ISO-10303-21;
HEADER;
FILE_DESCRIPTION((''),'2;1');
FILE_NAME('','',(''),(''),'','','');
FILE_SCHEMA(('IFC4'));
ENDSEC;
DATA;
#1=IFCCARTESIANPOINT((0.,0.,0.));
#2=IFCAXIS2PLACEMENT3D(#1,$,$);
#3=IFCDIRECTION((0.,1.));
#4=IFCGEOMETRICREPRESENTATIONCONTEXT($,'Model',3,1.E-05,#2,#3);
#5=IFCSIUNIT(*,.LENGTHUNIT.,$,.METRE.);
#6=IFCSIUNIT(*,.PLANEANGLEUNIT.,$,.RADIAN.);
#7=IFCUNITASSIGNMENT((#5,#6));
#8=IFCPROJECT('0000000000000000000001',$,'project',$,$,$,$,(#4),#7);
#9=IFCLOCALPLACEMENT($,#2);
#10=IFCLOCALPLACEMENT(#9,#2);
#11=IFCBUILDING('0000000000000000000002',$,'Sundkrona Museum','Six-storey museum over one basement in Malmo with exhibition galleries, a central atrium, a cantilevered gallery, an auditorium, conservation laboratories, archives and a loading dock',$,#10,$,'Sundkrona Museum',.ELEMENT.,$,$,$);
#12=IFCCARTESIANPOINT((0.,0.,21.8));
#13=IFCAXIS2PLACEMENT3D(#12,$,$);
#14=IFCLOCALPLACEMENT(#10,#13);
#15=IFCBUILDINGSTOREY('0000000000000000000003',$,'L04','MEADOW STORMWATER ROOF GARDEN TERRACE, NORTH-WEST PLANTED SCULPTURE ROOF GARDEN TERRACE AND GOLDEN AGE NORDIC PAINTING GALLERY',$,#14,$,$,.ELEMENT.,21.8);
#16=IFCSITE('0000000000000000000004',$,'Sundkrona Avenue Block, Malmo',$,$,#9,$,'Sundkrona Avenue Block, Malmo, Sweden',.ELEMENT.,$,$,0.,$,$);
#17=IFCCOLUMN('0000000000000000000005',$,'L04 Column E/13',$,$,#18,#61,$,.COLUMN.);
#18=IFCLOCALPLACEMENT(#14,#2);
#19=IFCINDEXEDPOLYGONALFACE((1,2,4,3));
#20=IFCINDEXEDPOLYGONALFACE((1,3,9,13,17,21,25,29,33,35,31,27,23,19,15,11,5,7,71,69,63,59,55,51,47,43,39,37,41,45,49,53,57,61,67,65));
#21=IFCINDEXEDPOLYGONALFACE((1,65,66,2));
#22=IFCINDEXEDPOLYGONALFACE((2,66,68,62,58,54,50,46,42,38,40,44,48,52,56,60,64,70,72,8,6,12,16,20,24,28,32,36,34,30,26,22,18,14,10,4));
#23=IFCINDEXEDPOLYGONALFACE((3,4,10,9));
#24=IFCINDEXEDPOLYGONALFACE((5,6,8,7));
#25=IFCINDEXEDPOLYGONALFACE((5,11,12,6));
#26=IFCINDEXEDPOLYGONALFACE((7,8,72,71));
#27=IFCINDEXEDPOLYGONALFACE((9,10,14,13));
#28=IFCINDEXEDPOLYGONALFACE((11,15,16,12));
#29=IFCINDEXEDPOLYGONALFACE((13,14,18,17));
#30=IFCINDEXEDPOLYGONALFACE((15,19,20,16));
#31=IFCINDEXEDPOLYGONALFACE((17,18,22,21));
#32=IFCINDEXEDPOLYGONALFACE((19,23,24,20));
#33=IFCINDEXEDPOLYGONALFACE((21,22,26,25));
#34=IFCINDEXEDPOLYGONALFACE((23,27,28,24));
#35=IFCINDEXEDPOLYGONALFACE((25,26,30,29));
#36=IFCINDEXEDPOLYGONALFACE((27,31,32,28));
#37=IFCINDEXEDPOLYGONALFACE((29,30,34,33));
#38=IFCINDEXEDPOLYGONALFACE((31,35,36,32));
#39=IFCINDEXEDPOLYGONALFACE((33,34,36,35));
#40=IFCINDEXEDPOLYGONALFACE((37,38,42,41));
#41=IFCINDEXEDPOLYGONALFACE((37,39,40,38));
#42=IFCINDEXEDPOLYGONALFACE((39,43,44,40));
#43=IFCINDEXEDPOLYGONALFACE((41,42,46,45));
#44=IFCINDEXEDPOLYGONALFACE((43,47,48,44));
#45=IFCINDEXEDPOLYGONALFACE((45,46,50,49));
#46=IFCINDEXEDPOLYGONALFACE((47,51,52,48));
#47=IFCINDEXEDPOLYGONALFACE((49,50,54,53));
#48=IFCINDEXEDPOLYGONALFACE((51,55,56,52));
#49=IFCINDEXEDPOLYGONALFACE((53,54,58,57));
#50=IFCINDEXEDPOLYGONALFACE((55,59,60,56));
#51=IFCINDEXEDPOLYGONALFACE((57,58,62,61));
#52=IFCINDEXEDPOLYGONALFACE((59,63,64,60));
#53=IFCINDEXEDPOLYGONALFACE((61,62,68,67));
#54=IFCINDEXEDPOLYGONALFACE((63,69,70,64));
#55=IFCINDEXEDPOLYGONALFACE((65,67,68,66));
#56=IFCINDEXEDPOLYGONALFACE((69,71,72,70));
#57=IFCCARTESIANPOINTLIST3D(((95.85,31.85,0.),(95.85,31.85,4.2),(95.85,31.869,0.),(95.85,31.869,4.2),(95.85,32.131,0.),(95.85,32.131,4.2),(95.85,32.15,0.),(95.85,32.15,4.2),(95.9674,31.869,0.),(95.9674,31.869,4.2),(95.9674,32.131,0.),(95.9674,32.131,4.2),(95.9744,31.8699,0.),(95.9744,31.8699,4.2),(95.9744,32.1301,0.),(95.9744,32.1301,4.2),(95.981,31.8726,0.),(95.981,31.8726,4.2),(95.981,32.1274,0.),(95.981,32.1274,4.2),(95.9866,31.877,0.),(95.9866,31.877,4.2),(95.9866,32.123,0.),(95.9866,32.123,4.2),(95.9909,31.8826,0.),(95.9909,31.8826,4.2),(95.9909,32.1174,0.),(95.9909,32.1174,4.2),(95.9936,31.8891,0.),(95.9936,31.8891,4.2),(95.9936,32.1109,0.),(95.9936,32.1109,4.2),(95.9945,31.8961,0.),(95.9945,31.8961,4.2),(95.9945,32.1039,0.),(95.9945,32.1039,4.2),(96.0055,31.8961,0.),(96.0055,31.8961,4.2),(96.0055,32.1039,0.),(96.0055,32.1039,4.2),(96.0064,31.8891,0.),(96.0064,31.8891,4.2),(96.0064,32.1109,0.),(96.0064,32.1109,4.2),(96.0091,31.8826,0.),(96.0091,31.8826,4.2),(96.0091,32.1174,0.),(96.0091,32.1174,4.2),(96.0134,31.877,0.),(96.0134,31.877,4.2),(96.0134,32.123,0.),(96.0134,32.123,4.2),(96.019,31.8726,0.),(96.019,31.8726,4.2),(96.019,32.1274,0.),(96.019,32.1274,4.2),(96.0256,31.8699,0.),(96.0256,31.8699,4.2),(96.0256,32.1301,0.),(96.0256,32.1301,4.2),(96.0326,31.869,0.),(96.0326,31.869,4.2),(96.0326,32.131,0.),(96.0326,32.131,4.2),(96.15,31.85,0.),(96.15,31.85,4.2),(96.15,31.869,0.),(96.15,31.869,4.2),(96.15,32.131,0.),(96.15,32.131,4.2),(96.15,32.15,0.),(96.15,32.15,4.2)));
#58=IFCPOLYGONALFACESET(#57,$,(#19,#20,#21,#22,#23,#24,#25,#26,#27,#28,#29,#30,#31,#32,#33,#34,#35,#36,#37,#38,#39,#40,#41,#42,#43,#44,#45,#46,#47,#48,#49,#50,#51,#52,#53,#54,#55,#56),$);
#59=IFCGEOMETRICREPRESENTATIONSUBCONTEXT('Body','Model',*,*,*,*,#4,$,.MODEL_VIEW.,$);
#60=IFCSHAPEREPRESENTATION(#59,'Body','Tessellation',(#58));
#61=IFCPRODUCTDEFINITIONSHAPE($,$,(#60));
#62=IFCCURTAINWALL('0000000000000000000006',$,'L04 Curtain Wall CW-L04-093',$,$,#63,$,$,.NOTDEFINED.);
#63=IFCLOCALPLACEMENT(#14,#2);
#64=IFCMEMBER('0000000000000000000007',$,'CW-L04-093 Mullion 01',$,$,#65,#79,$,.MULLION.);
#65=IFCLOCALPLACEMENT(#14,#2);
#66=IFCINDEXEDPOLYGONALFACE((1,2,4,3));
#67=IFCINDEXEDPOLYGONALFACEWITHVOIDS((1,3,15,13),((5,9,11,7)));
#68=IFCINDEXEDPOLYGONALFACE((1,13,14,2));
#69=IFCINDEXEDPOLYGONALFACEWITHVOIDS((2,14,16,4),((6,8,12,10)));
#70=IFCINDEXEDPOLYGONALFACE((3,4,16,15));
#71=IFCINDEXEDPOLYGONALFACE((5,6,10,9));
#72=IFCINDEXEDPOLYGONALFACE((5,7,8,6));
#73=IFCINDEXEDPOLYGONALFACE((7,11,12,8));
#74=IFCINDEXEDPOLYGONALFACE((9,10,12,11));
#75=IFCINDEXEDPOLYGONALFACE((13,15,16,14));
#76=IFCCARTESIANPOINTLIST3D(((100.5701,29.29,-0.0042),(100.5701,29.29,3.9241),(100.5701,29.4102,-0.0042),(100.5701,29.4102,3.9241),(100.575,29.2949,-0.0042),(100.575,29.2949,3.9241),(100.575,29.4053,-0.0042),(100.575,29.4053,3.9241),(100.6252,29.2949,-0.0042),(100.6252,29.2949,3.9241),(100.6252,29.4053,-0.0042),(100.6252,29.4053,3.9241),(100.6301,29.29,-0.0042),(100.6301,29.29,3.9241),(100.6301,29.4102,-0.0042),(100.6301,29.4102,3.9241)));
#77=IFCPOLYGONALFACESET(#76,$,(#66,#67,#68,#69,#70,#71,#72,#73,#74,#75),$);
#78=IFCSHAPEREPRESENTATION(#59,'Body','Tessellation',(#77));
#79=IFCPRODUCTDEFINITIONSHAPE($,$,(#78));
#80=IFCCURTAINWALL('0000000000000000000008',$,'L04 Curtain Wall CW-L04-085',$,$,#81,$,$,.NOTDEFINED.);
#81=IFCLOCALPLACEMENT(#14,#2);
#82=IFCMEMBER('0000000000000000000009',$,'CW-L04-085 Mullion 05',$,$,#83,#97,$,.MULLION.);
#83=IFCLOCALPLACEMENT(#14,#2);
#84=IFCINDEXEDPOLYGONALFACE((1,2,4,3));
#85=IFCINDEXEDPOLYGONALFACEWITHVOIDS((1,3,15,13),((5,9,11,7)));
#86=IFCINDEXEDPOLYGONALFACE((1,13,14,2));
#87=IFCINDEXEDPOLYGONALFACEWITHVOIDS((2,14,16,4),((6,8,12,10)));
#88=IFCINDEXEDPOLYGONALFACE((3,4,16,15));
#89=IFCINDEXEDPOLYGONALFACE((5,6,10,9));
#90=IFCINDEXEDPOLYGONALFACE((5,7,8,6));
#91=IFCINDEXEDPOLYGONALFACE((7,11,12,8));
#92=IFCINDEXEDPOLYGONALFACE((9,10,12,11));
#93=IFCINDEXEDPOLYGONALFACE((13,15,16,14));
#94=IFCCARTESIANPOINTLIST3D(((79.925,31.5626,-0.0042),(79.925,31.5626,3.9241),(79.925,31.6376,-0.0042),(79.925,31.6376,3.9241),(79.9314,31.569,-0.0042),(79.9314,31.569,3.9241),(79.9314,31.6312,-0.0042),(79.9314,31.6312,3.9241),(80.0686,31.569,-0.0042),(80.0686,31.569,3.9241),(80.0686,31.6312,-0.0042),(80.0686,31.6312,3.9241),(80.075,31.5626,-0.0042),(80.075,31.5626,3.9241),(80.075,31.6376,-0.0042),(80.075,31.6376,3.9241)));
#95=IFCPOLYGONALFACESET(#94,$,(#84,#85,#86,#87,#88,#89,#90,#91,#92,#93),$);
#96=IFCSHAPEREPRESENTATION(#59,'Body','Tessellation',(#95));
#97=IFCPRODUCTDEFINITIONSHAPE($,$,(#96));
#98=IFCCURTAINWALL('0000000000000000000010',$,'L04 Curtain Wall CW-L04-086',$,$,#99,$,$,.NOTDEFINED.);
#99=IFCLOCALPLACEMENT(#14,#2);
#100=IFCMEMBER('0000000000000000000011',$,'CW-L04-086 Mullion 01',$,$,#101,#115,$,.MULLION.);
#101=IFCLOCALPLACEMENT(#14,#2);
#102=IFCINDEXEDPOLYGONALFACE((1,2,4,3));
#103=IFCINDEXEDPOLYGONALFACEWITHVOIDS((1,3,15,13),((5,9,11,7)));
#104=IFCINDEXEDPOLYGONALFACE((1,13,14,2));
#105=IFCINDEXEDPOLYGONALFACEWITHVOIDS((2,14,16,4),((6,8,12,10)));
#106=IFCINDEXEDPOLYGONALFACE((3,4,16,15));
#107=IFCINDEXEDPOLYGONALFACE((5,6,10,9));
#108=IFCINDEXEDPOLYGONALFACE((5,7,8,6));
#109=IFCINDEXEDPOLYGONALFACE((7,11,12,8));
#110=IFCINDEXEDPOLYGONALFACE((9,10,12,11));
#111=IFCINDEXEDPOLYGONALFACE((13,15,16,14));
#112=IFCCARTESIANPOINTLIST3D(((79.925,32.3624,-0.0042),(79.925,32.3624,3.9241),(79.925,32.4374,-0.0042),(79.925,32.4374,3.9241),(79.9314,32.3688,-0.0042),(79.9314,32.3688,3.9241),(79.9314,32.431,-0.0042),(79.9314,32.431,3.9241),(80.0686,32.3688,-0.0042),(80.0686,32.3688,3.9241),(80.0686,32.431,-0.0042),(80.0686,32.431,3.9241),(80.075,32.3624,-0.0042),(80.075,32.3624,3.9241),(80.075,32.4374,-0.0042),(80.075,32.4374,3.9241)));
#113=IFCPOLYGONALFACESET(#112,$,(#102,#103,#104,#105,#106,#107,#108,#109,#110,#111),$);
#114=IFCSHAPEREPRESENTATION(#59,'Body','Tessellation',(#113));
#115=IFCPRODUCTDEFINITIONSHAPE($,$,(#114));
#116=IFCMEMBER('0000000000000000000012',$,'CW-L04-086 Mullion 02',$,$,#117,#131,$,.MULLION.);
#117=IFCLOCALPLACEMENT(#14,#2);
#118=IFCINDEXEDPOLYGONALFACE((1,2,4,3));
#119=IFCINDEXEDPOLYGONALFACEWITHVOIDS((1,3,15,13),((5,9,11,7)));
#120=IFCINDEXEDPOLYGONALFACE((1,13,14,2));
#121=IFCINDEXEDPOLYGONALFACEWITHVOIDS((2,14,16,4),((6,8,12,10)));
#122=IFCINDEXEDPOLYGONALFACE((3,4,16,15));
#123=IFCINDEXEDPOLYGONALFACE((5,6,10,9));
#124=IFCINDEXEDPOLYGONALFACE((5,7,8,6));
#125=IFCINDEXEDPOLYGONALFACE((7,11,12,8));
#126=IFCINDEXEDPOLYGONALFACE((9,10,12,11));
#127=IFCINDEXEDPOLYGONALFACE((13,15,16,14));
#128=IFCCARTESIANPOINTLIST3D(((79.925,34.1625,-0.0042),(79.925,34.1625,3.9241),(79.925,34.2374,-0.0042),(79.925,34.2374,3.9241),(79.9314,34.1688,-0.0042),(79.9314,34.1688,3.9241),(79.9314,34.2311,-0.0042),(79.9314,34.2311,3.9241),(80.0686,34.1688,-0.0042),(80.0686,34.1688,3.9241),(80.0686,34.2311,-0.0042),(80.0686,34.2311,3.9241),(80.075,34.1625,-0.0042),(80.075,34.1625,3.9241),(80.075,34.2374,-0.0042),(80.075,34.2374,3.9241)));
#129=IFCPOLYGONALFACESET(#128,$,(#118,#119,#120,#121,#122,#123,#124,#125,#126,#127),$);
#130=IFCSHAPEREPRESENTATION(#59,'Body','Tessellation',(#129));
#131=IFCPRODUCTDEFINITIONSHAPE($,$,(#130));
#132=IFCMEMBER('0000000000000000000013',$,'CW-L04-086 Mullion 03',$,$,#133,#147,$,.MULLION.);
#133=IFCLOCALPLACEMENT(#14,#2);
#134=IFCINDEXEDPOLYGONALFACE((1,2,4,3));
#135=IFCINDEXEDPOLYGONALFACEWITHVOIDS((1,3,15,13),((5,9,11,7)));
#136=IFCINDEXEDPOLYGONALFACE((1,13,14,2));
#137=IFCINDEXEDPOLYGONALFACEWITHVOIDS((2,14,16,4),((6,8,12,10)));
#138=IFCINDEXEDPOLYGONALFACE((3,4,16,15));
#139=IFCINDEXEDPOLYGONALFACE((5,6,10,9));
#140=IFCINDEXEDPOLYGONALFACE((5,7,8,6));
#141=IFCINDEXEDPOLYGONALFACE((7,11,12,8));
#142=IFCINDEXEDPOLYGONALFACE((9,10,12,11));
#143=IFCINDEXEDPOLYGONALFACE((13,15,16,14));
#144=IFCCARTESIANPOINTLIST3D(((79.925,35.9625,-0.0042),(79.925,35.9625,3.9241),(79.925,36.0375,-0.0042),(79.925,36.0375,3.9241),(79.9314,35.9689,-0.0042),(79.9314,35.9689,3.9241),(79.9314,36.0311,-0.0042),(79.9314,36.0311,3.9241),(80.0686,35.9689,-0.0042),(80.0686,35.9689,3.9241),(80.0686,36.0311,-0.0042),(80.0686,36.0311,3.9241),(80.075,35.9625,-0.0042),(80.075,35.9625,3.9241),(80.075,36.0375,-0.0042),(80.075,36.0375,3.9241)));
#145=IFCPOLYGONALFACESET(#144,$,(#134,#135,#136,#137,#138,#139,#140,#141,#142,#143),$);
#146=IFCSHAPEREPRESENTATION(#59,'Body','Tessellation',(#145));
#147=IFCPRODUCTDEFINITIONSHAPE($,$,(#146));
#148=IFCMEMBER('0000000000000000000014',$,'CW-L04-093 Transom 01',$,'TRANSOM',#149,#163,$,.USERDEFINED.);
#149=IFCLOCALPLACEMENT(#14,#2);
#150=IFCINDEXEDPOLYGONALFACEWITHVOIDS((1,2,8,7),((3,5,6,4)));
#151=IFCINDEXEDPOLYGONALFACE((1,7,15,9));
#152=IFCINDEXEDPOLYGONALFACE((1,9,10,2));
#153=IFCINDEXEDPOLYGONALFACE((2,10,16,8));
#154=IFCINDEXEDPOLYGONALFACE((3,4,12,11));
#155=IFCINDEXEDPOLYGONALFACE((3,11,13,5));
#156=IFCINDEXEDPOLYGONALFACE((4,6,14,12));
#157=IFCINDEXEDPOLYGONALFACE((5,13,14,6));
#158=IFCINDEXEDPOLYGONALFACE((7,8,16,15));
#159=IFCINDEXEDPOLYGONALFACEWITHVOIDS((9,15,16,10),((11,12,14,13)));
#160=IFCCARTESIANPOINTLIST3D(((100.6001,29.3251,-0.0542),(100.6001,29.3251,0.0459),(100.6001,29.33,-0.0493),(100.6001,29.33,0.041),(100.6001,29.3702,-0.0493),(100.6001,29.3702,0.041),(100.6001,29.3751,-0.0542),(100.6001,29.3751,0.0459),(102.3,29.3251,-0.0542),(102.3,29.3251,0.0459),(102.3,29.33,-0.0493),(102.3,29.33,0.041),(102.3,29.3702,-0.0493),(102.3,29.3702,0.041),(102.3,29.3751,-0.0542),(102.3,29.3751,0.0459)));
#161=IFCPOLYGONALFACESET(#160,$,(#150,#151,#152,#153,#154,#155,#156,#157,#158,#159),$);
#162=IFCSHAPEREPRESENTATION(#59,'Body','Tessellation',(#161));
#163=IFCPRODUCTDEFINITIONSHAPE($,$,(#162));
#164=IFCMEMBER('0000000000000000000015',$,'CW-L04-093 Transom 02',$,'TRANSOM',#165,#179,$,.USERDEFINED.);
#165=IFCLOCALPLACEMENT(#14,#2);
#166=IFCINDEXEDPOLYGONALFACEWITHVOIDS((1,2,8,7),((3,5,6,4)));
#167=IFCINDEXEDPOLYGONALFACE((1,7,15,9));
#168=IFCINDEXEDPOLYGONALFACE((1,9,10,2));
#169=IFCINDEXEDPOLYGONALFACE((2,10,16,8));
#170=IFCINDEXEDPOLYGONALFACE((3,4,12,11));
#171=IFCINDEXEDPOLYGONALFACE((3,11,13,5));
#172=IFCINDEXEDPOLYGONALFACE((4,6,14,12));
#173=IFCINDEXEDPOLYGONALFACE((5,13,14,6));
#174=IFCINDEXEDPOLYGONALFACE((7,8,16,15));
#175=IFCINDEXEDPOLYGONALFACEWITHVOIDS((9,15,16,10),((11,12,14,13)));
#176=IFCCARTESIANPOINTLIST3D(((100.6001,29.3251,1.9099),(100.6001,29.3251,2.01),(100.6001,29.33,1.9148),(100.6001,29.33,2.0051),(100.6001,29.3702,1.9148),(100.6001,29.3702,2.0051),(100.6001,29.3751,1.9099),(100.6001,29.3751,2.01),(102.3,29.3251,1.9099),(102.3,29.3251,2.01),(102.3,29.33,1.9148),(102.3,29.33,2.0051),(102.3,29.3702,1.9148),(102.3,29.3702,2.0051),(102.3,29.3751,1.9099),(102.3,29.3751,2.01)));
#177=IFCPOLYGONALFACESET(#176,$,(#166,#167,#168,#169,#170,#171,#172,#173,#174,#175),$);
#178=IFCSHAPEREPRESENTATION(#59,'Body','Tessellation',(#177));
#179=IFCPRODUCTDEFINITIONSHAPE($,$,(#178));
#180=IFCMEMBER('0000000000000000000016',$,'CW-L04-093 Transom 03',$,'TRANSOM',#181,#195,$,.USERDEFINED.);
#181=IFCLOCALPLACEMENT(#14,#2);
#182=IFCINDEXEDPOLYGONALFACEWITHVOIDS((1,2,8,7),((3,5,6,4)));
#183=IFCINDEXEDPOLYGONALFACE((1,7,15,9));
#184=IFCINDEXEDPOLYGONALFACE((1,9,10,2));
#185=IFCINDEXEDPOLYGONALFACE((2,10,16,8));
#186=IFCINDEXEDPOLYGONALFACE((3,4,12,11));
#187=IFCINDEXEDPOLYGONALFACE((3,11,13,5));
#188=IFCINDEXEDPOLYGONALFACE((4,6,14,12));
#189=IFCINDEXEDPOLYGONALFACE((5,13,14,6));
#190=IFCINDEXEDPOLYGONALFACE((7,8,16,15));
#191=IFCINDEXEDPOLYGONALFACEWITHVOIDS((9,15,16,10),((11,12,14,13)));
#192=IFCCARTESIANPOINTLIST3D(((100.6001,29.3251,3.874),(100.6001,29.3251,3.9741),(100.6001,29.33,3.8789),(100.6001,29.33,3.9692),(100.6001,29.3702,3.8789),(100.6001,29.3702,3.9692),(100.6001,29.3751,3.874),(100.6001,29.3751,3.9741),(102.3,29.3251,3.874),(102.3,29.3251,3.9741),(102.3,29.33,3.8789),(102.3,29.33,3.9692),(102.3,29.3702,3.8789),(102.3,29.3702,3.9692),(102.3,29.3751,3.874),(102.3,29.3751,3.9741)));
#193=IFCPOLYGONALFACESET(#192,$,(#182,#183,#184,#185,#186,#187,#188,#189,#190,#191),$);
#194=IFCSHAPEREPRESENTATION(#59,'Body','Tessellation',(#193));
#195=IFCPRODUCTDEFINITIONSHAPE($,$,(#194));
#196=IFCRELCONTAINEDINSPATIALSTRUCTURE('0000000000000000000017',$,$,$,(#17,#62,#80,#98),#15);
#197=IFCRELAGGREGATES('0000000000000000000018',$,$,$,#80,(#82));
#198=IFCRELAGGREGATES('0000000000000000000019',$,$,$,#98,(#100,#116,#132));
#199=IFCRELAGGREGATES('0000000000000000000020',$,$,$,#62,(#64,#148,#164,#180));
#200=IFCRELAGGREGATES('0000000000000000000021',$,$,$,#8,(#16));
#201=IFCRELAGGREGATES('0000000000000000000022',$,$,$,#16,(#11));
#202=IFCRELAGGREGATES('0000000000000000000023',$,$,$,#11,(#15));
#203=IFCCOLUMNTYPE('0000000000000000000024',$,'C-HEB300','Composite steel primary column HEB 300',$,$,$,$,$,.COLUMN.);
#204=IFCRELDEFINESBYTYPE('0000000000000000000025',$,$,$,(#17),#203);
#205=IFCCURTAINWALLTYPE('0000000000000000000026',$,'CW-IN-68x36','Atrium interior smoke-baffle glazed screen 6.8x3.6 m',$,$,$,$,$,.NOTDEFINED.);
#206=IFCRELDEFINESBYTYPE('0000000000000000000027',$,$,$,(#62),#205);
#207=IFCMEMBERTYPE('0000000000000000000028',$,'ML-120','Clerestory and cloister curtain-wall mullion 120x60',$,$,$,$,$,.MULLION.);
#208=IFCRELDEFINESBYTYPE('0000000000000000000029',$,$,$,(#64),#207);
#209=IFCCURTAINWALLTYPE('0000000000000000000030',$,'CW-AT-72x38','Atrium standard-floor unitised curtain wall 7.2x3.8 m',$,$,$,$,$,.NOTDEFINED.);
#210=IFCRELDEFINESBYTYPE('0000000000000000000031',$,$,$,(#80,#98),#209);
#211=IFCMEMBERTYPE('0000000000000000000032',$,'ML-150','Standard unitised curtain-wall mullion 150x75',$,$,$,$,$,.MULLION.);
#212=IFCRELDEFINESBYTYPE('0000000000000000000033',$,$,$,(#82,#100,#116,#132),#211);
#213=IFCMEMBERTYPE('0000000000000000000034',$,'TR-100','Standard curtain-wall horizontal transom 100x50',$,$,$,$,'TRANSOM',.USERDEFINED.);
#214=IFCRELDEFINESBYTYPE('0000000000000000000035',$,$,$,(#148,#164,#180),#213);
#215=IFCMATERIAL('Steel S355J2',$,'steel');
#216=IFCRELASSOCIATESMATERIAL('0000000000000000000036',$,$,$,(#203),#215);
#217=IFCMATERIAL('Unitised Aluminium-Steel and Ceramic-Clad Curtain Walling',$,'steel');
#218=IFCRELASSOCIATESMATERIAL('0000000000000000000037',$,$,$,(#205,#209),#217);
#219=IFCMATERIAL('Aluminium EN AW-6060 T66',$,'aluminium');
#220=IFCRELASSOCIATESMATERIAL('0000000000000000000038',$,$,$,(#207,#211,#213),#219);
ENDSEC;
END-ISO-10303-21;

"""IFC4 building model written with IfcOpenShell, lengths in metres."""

from ifc_helpers import new_model, si_unit, direction, frame, origin, origin_2d, place, context, subcontext, project, spatial, hollow_rectangle, i_section, extrude, material, material_profile, profile_set, type_object, element, aggregate, save


model = new_model("IFC4")

# Units and contexts
model_context = context("Model", 3, precision=1e-05, world=origin(), true_north=direction((0.0, 1.0)))
body_context = subcontext(model_context, "Body", "Model", "MODEL_VIEW")
ifc_project = project(units=[si_unit("LENGTHUNIT", "METRE"), si_unit("PLANEANGLEUNIT", "RADIAN")], contexts=[model_context])

# Site, building, storey
site_placement = place(None, origin())
site = spatial("IfcSite", under=ifc_project, at=site_placement, Name="Sundkrona Avenue Block, Malmo", LongName="Sundkrona Avenue Block, Malmo, Sweden", CompositionType="ELEMENT", RefElevation=0.0)
building_placement = place(site_placement, origin())
building = spatial("IfcBuilding", under=site, at=building_placement, Name="Sundkrona Museum", Description="Six-storey museum over one basement in Malmo with exhibition galleries, a central atrium, a cantilevered gallery, an auditorium, conservation laboratories, archives and a loading dock", LongName="Sundkrona Museum", CompositionType="ELEMENT")
storey_placement = place(building_placement, frame((0.0, 0.0, 21.8)))
storey = spatial("IfcBuildingStorey", under=building, at=storey_placement, Name="L04", Description="MEADOW STORMWATER ROOF GARDEN TERRACE, NORTH-WEST PLANTED SCULPTURE ROOF GARDEN TERRACE AND GOLDEN AGE NORDIC PAINTING GALLERY", CompositionType="ELEMENT", Elevation=21.8)

# Column
ifc_material_1 = material(Name="Steel S355J2", Category="steel")
ifc_material_profile_1 = material_profile(ifc_material_1, i_section(OverallWidth=0.3, OverallDepth=0.3, WebThickness=0.011, FlangeThickness=0.019, FilletRadius=0.0271, at=origin_2d()), Name="HEB 300")
ifc_profile_set_1 = profile_set([ifc_material_profile_1], Name="Steel S355J2")
column_type = type_object("IfcColumnType", Name="C-HEB300", Description="Composite steel primary column HEB 300", PredefinedType="COLUMN", material=ifc_profile_set_1)
for number, where, z_axis, x_axis, name in (
    (1, (96.0, 32.0, 0.0), (0.0, 0.0, 1.0), (1.0, 0.0, 0.0), "L04 Column E/13"),
):
    element("IfcColumn", number, at=place(storey_placement, frame(where, z_axis=z_axis, x_axis=x_axis)), inside=storey, type_object=column_type, Name=name, PredefinedType="COLUMN", context=body_context, shape_type="SweptSolid", body=[
        extrude(i_section(OverallWidth=0.3, OverallDepth=0.3, WebThickness=0.011, FlangeThickness=0.019, FilletRadius=0.0271, at=origin_2d()), origin(), (0.0, 0.0, 1.0), 4.2),
    ])

# Curtain walls, members
ifc_material_2 = material(Name="Unitised Aluminium-Steel and Ceramic-Clad Curtain Walling", Category="steel")
curtain_wall_type_1 = type_object("IfcCurtainWallType", Name="CW-IN-68x36", Description="Atrium interior smoke-baffle glazed screen 6.8x3.6 m", PredefinedType="NOTDEFINED", material=ifc_material_2)
curtain_wall_1_placement = place(storey_placement, origin())
curtain_wall_1 = element("IfcCurtainWall", 2, at=curtain_wall_1_placement, inside=storey, type_object=curtain_wall_type_1, Name="L04 Curtain Wall CW-L04-093", PredefinedType="NOTDEFINED")
ifc_material_3 = material(Name="Aluminium EN AW-6060 T66", Category="aluminium")
ifc_material_profile_2 = material_profile(ifc_material_3, hollow_rectangle(XDim=0.0601, YDim=0.1201, WallThickness=0.0049, at=origin_2d()), Name="RHS 120x60x5.0")
ifc_profile_set_2 = profile_set([ifc_material_profile_2], Name="Aluminium EN AW-6060 T66")
member_type_1 = type_object("IfcMemberType", Name="ML-120", Description="Clerestory and cloister curtain-wall mullion 120x60", PredefinedType="MULLION", material=ifc_profile_set_2)
member_1_placement = place(storey_placement, frame((100.6001, 29.3501, -0.0042), z_axis=(0.0, 0.0, 1.0), x_axis=(1.0, 0.0, 0.0)))
member_1 = element("IfcMember", 3, at=member_1_placement, type_object=member_type_1, Name="CW-L04-093 Mullion 01", PredefinedType="MULLION", context=body_context, shape_type="SweptSolid", body=[
    extrude(hollow_rectangle(XDim=0.0601, YDim=0.1201, WallThickness=0.0049, at=origin_2d()), origin(), (0.0, 0.0, 1.0), 3.9282),
])
curtain_wall_type_2 = type_object("IfcCurtainWallType", Name="CW-AT-72x38", Description="Atrium standard-floor unitised curtain wall 7.2x3.8 m", PredefinedType="NOTDEFINED", material=ifc_material_2)
curtain_wall_2_placement = place(storey_placement, origin())
curtain_wall_2 = element("IfcCurtainWall", 4, at=curtain_wall_2_placement, inside=storey, type_object=curtain_wall_type_2, Name="L04 Curtain Wall CW-L04-085", PredefinedType="NOTDEFINED")
ifc_material_profile_3 = material_profile(ifc_material_3, hollow_rectangle(XDim=0.075, YDim=0.1499, WallThickness=0.0063, at=origin_2d()), Name="RHS 150x75x6.3")
ifc_profile_set_3 = profile_set([ifc_material_profile_3], Name="Aluminium EN AW-6060 T66")
member_type_2 = type_object("IfcMemberType", Name="ML-150", Description="Standard unitised curtain-wall mullion 150x75", PredefinedType="MULLION", material=ifc_profile_set_3)
member_2_placement = place(storey_placement, frame((80.0, 31.6001, -0.0042), z_axis=(0.0, 0.0, 1.0), x_axis=(0.0, 1.0, 0.0)))
member_2 = element("IfcMember", 5, at=member_2_placement, type_object=member_type_2, Name="CW-L04-085 Mullion 05", PredefinedType="MULLION", context=body_context, shape_type="SweptSolid", body=[
    extrude(hollow_rectangle(XDim=0.075, YDim=0.1499, WallThickness=0.0063, at=origin_2d()), origin(), (0.0, 0.0, 1.0), 3.9282),
])

# Curtain wall, members
curtain_wall_3_placement = place(storey_placement, origin())
curtain_wall_3 = element("IfcCurtainWall", 6, at=curtain_wall_3_placement, inside=storey, type_object=curtain_wall_type_2, Name="L04 Curtain Wall CW-L04-086", PredefinedType="NOTDEFINED")
member_3_placement = place(storey_placement, frame((80.0, 32.3999, -0.0042), z_axis=(0.0, 0.0, 1.0), x_axis=(0.0, 1.0, 0.0)))
member_3 = element("IfcMember", 7, at=member_3_placement, type_object=member_type_2, Name="CW-L04-086 Mullion 01", PredefinedType="MULLION", context=body_context, shape_type="SweptSolid", body=[
    extrude(hollow_rectangle(XDim=0.075, YDim=0.1499, WallThickness=0.0063, at=origin_2d()), origin(), (0.0, 0.0, 1.0), 3.9282),
])
member_4_placement = place(storey_placement, frame((80.0, 34.2, -0.0042), z_axis=(0.0, 0.0, 1.0), x_axis=(0.0, 1.0, 0.0)))
member_4 = element("IfcMember", 8, at=member_4_placement, type_object=member_type_2, Name="CW-L04-086 Mullion 02", PredefinedType="MULLION", context=body_context, shape_type="SweptSolid", body=[
    extrude(hollow_rectangle(XDim=0.075, YDim=0.1499, WallThickness=0.0063, at=origin_2d()), origin(), (0.0, 0.0, 1.0), 3.9282),
])
member_5_placement = place(storey_placement, frame((80.0, 36.0, -0.0042), z_axis=(0.0, 0.0, 1.0), x_axis=(0.0, 1.0, 0.0)))
member_5 = element("IfcMember", 9, at=member_5_placement, type_object=member_type_2, Name="CW-L04-086 Mullion 03", PredefinedType="MULLION", context=body_context, shape_type="SweptSolid", body=[
    extrude(hollow_rectangle(XDim=0.075, YDim=0.1499, WallThickness=0.0063, at=origin_2d()), origin(), (0.0, 0.0, 1.0), 3.9282),
])

# Members
ifc_material_profile_4 = material_profile(ifc_material_3, hollow_rectangle(XDim=0.05, YDim=0.1001, WallThickness=0.0049, at=origin_2d()), Name="RHS 100x50x5.0")
ifc_profile_set_4 = profile_set([ifc_material_profile_4], Name="Aluminium EN AW-6060 T66")
member_type_3 = type_object("IfcMemberType", Name="TR-100", Description="Standard curtain-wall horizontal transom 100x50", ElementType="TRANSOM", PredefinedType="USERDEFINED", material=ifc_profile_set_4)
member_6_placement = place(storey_placement, frame((100.6001, 29.3501, -0.0042), z_axis=(1.0, 0.0, 0.0), x_axis=(0.0, 1.0, 0.0)))
member_6 = element("IfcMember", 10, at=member_6_placement, type_object=member_type_3, Name="CW-L04-093 Transom 01", ObjectType="TRANSOM", PredefinedType="USERDEFINED", context=body_context, shape_type="SweptSolid", body=[
    extrude(hollow_rectangle(XDim=0.05, YDim=0.1001, WallThickness=0.0049, at=origin_2d()), origin(), (0.0, 0.0, 1.0), 1.7),
])
member_7_placement = place(storey_placement, frame((100.6001, 29.3501, 1.96), z_axis=(1.0, 0.0, 0.0), x_axis=(0.0, 1.0, 0.0)))
member_7 = element("IfcMember", 11, at=member_7_placement, type_object=member_type_3, Name="CW-L04-093 Transom 02", ObjectType="TRANSOM", PredefinedType="USERDEFINED", context=body_context, shape_type="SweptSolid", body=[
    extrude(hollow_rectangle(XDim=0.05, YDim=0.1001, WallThickness=0.0049, at=origin_2d()), origin(), (0.0, 0.0, 1.0), 1.7),
])
member_8_placement = place(storey_placement, frame((100.6001, 29.3501, 3.9241), z_axis=(1.0, 0.0, 0.0), x_axis=(0.0, 1.0, 0.0)))
member_8 = element("IfcMember", 12, at=member_8_placement, type_object=member_type_3, Name="CW-L04-093 Transom 03", ObjectType="TRANSOM", PredefinedType="USERDEFINED", context=body_context, shape_type="SweptSolid", body=[
    extrude(hollow_rectangle(XDim=0.05, YDim=0.1001, WallThickness=0.0049, at=origin_2d()), origin(), (0.0, 0.0, 1.0), 1.7),
])

aggregate(curtain_wall_2, [member_2])
aggregate(curtain_wall_3, [member_3, member_4, member_5])
aggregate(curtain_wall_1, [member_1, member_6, member_7, member_8])

save(model, "model.ifc")
